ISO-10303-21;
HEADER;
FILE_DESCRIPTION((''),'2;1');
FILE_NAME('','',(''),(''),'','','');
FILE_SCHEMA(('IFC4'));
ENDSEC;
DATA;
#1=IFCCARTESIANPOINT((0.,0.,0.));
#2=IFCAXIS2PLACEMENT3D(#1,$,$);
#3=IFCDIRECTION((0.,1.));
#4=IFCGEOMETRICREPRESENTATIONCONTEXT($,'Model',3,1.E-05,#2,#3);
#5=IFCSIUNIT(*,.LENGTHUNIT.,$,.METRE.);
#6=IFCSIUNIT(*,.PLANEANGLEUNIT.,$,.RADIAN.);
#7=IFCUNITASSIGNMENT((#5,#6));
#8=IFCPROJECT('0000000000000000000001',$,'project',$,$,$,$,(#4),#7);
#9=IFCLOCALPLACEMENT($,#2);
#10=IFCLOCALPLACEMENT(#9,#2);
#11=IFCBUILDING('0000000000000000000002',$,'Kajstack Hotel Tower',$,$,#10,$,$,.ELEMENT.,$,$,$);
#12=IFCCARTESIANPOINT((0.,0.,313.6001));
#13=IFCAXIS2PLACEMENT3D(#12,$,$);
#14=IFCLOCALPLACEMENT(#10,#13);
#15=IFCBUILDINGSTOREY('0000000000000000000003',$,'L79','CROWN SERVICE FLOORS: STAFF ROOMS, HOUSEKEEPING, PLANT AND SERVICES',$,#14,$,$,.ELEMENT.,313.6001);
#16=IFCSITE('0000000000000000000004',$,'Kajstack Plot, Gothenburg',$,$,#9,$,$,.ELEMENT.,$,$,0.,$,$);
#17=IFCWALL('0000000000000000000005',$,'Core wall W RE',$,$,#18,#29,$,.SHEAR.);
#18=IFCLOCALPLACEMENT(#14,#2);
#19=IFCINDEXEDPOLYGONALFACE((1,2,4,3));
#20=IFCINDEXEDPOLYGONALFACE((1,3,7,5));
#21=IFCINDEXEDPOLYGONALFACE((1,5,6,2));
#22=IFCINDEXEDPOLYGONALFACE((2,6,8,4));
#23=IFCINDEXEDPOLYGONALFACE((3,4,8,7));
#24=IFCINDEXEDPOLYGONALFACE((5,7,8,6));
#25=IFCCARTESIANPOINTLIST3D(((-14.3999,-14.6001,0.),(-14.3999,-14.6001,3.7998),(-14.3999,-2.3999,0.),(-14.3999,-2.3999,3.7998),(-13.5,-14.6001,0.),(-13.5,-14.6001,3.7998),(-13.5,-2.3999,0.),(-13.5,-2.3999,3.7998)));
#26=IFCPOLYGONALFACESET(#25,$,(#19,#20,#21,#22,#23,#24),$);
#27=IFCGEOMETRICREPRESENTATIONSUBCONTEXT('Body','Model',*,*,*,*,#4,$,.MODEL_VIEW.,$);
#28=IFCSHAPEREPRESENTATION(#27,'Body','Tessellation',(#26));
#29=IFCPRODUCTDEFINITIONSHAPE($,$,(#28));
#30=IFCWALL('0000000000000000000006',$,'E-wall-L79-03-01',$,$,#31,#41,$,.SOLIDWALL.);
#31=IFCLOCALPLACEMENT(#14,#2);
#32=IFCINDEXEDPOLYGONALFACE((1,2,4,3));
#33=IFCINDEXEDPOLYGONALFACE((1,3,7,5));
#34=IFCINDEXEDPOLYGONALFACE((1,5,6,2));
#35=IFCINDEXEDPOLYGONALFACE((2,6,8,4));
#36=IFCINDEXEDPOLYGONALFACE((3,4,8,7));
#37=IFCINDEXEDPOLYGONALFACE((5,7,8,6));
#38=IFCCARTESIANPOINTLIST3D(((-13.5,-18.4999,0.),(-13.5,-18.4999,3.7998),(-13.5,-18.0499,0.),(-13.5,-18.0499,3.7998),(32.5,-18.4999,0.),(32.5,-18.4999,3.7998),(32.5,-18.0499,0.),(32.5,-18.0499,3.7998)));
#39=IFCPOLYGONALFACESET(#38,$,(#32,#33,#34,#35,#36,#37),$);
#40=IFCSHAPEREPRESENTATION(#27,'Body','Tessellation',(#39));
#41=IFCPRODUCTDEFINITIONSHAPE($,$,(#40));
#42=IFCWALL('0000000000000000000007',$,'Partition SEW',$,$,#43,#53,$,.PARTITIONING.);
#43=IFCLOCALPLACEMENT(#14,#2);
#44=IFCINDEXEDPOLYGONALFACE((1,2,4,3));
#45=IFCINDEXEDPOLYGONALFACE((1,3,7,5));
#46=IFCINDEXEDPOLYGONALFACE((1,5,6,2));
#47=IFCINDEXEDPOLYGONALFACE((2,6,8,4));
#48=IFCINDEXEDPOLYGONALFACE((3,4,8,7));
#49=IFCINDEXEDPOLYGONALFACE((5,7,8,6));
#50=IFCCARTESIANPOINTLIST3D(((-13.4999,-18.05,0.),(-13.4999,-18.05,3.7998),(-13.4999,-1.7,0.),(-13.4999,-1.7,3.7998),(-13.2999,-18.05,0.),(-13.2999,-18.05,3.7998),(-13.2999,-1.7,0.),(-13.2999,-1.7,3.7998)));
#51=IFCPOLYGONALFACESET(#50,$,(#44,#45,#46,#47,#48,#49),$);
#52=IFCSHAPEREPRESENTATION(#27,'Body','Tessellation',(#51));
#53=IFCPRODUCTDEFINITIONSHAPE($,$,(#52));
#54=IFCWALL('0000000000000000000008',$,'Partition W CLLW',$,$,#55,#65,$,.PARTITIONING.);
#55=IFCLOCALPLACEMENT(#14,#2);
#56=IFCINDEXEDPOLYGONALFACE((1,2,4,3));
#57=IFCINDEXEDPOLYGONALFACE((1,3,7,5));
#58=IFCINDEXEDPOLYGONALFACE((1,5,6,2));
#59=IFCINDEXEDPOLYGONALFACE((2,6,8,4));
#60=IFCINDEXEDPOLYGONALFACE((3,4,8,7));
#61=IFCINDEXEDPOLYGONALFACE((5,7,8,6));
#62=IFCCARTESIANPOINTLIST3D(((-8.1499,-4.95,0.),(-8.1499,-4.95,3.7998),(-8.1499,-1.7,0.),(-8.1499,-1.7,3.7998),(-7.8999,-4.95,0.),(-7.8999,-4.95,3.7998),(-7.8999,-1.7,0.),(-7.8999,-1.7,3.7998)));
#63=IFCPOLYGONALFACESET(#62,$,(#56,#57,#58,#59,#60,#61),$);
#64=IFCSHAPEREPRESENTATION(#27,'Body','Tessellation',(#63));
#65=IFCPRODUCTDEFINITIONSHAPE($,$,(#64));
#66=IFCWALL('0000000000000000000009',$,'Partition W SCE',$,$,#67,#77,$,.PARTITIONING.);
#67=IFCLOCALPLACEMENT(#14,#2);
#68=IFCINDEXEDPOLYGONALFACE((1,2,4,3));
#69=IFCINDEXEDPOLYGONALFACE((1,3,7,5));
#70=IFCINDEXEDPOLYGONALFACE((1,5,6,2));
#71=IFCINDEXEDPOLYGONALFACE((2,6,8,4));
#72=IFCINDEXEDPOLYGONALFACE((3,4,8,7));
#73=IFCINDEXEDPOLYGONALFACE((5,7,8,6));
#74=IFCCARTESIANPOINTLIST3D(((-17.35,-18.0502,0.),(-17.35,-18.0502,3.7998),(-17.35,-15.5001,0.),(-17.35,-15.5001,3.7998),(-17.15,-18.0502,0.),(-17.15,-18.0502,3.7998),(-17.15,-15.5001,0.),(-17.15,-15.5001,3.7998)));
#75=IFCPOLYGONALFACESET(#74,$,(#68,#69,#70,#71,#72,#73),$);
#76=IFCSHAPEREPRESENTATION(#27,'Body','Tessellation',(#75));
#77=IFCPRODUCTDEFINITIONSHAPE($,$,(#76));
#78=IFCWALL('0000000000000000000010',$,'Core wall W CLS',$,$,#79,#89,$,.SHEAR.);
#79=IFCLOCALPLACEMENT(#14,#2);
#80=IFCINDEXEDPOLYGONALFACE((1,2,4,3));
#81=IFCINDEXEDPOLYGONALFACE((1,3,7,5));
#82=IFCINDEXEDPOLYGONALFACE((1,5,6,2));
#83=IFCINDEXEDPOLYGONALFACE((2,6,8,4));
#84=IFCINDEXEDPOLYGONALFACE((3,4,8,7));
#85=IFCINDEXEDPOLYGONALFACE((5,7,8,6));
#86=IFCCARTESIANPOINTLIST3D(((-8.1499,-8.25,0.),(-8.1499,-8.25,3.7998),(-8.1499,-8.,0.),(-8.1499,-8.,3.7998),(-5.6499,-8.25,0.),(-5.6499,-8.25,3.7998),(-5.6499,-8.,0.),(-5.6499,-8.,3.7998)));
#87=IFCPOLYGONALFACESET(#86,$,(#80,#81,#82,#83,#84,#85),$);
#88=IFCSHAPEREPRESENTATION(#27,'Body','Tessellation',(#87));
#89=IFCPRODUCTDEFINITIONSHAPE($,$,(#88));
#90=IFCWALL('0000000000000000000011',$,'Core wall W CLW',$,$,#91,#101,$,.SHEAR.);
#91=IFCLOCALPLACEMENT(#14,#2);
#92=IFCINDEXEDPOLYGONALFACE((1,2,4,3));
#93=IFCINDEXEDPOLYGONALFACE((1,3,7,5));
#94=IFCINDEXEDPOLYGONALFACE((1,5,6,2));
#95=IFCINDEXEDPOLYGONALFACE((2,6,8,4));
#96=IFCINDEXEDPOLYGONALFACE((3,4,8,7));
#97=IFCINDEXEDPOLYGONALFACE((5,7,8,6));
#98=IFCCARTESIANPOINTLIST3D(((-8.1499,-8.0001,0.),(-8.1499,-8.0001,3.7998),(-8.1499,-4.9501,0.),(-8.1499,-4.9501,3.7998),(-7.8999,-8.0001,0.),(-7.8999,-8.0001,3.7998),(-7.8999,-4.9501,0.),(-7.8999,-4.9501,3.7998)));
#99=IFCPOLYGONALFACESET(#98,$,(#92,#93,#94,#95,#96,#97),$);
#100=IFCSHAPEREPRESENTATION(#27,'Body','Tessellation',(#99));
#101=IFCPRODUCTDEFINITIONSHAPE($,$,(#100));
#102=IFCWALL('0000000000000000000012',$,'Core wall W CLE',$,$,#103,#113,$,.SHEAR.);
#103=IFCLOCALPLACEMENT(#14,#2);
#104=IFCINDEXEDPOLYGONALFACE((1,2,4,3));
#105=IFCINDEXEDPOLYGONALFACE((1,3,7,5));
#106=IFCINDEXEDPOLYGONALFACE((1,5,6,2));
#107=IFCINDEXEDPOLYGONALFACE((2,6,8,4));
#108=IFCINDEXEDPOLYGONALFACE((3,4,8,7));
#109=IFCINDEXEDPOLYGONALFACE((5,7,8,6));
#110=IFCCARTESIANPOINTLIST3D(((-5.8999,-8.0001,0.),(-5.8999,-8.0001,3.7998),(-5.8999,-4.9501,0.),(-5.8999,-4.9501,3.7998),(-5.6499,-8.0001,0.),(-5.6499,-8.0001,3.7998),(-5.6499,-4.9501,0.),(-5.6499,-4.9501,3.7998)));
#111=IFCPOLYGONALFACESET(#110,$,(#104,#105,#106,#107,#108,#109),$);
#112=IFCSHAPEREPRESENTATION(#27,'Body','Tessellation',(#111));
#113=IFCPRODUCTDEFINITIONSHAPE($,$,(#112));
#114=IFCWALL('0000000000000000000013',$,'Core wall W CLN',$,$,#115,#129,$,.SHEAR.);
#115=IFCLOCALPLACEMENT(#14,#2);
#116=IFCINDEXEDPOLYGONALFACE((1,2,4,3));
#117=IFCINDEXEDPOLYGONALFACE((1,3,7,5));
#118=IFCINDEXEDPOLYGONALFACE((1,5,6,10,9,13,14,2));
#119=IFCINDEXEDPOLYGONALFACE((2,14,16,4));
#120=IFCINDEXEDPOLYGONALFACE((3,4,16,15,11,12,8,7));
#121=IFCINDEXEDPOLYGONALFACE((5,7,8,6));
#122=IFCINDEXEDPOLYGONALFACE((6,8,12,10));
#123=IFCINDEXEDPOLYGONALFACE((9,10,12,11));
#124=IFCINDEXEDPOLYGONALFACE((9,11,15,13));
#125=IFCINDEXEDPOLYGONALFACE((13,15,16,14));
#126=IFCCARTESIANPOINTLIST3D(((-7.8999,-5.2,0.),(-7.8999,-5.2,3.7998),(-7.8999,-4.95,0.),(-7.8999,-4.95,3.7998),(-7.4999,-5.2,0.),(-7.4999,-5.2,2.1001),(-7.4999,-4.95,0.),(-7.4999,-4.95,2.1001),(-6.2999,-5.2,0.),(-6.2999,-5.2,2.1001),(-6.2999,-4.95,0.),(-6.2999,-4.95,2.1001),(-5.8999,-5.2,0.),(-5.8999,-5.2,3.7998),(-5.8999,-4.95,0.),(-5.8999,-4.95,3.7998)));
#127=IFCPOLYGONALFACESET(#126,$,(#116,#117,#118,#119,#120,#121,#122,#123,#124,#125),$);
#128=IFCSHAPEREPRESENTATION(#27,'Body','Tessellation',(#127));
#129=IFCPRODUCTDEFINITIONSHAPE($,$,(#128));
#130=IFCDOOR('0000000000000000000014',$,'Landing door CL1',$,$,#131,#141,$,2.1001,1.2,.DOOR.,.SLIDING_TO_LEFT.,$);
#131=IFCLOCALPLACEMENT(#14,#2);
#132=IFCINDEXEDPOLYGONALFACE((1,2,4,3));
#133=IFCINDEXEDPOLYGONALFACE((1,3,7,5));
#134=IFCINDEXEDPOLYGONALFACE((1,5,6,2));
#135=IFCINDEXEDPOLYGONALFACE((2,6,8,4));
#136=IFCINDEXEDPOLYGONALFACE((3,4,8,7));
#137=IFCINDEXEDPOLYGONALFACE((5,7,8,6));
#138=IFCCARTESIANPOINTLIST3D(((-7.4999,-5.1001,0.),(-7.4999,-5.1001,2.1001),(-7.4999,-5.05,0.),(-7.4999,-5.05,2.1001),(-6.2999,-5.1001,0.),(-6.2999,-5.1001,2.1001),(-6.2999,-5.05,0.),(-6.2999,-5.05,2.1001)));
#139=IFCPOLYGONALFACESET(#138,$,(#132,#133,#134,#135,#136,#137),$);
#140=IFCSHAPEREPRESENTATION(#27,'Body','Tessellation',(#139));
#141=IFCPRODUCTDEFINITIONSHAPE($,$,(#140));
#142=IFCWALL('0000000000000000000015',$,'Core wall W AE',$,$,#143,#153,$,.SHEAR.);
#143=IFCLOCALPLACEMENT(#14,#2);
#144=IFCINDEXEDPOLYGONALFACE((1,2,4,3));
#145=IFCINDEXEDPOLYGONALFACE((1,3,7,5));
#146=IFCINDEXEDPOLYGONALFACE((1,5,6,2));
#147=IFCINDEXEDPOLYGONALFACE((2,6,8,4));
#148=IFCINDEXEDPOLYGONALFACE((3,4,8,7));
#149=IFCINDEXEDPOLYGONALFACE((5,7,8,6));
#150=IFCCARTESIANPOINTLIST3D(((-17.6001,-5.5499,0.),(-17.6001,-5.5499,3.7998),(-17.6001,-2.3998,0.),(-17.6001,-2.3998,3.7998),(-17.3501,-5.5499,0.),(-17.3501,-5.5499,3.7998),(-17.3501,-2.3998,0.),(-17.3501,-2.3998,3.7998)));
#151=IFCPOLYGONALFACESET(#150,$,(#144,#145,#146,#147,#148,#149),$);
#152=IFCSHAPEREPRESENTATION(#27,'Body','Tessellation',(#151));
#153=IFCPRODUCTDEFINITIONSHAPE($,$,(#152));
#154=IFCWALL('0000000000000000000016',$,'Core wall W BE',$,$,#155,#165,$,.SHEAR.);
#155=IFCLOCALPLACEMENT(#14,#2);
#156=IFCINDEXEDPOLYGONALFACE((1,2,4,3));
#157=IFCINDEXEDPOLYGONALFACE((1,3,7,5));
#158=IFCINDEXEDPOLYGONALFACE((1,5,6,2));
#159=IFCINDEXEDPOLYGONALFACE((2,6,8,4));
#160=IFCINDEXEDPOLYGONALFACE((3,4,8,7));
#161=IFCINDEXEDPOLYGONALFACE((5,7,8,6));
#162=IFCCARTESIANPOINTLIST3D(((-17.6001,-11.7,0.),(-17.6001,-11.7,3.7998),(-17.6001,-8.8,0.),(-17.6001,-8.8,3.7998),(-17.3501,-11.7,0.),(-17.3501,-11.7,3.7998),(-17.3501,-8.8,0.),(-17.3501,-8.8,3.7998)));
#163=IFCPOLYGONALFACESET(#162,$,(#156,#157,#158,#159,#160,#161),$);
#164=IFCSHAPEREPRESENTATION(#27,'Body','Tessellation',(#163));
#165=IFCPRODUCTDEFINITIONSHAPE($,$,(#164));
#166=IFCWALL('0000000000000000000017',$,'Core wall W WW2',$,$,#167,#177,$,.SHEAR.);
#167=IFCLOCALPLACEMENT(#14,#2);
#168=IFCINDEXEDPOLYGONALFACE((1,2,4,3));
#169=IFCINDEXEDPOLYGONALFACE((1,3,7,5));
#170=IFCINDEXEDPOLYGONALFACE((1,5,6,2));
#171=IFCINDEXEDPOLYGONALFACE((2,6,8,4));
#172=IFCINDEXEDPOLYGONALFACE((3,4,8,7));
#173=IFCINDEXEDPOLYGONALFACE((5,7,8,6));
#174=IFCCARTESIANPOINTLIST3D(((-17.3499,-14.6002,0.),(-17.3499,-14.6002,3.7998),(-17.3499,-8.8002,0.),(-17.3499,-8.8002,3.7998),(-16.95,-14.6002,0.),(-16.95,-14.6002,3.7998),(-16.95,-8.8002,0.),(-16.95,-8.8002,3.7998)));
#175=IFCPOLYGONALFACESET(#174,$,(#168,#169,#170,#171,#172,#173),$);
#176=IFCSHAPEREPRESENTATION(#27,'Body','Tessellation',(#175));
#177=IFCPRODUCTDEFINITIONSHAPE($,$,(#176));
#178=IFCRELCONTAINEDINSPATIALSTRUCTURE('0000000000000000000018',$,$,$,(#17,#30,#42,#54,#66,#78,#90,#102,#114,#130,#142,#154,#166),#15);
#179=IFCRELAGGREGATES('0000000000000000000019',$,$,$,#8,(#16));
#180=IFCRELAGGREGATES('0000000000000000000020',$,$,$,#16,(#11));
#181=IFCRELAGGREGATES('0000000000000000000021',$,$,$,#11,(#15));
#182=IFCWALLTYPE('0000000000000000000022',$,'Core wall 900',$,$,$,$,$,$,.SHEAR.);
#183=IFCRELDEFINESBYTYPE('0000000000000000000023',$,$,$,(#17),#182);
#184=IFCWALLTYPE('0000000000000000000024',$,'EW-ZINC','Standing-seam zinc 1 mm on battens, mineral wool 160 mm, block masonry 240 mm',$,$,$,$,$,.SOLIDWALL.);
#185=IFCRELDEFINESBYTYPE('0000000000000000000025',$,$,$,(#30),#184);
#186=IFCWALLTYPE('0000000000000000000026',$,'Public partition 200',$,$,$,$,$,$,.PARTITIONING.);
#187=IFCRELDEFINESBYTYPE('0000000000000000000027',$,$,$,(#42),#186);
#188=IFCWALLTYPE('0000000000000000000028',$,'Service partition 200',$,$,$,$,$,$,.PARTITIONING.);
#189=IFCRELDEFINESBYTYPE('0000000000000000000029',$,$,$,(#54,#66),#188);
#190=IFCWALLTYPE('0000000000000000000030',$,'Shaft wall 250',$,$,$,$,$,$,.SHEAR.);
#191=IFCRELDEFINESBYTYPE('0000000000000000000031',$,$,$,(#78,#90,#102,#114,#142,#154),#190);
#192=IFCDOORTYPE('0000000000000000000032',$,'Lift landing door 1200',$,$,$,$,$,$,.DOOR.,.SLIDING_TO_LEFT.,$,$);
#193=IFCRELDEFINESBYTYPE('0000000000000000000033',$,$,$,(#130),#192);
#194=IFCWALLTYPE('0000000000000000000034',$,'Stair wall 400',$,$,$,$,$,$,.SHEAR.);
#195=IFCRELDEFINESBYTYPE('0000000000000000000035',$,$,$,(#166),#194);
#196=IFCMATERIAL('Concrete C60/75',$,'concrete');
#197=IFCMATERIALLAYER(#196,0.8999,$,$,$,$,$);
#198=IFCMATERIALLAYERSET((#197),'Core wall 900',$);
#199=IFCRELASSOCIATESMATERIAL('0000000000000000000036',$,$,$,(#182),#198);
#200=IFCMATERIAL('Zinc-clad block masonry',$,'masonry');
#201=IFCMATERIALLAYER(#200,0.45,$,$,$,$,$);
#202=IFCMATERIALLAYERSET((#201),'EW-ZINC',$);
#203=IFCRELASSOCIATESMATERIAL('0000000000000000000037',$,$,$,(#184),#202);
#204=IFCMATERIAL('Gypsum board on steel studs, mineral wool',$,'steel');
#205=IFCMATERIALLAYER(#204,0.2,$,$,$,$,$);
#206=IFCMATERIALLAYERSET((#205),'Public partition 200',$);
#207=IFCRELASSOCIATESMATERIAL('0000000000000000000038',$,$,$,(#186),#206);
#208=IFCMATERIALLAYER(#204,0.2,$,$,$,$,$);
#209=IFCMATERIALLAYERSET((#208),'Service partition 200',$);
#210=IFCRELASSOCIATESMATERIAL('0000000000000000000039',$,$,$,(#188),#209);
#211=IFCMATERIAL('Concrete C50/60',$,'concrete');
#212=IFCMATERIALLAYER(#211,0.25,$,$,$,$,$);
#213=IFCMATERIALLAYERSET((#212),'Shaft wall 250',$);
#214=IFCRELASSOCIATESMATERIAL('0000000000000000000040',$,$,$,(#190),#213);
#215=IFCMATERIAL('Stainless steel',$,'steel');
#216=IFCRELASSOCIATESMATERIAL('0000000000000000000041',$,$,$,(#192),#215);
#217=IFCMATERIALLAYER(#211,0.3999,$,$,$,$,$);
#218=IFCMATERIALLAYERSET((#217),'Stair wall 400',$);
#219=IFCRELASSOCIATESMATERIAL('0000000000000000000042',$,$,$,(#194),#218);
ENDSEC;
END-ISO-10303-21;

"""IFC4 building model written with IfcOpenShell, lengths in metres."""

from ifc_helpers import new_model, si_unit, direction, frame, frame_2d, origin, place, context, subcontext, project, spatial, rectangle, extrude, material, layer, layer_set, type_object, element, fill, save


model = new_model("IFC4")

# Units and contexts
model_context = context("Model", 3, precision=1e-05, world=origin(), true_north=direction((0.0, 1.0)))
body_context = subcontext(model_context, "Body", "Model", "MODEL_VIEW")
ifc_project = project(units=[si_unit("LENGTHUNIT", "METRE"), si_unit("PLANEANGLEUNIT", "RADIAN")], contexts=[model_context])

# Site, building, storey
site_placement = place(None, origin())
site = spatial("IfcSite", under=ifc_project, at=site_placement, Name="Kajstack Plot, Gothenburg", CompositionType="ELEMENT", RefElevation=0.0)
building_placement = place(site_placement, origin())
building = spatial("IfcBuilding", under=site, at=building_placement, Name="Kajstack Hotel Tower", CompositionType="ELEMENT")
storey_placement = place(building_placement, frame((0.0, 0.0, 313.6001)))
storey = spatial("IfcBuildingStorey", under=building, at=storey_placement, Name="L79", Description="CROWN SERVICE FLOORS: STAFF ROOMS, HOUSEKEEPING, PLANT AND SERVICES", CompositionType="ELEMENT", Elevation=313.6001)

# Walls
ifc_material_1 = material(Name="Concrete C60/75", Category="concrete")
ifc_layer_1 = layer(ifc_material_1, 0.8999)
ifc_layer_set_1 = layer_set([ifc_layer_1], Name="Core wall 900")
wall_type_1 = type_object("IfcWallType", Name="Core wall 900", PredefinedType="SHEAR", material=ifc_layer_set_1)
wall_1_placement = place(storey_placement, frame((-13.95, -14.6001, 0.0), z_axis=(0.0, 0.0, 1.0), x_axis=(0.0, 1.0, 0.0)))
element("IfcWall", 1, at=wall_1_placement, inside=storey, type_object=wall_type_1, Name="Core wall W RE", PredefinedType="SHEAR", context=body_context, shape_type="SweptSolid", body=[
    extrude(rectangle(XDim=12.2002, YDim=0.8999, at=frame_2d((6.1001, 0.0))), origin(), (0.0, 0.0, 1.0), 3.7998),
])
ifc_material_2 = material(Name="Zinc-clad block masonry", Category="masonry")
ifc_layer_2 = layer(ifc_material_2, 0.45)
ifc_layer_set_2 = layer_set([ifc_layer_2], Name="EW-ZINC")
wall_type_2 = type_object("IfcWallType", Name="EW-ZINC", Description="Standing-seam zinc 1 mm on battens, mineral wool 160 mm, block masonry 240 mm", PredefinedType="SOLIDWALL", material=ifc_layer_set_2)
wall_2_placement = place(storey_placement, frame((-13.5, -18.2749, 0.0), z_axis=(0.0, 0.0, 1.0), x_axis=(1.0, 0.0, 0.0)))
element("IfcWall", 2, at=wall_2_placement, inside=storey, type_object=wall_type_2, Name="E-wall-L79-03-01", PredefinedType="SOLIDWALL", context=body_context, shape_type="SweptSolid", body=[
    extrude(rectangle(XDim=46.0, YDim=0.45, at=frame_2d((23.0, 0.0))), origin(), (0.0, 0.0, 1.0), 3.7998),
])
ifc_material_3 = material(Name="Gypsum board on steel studs, mineral wool", Category="steel")
ifc_layer_3 = layer(ifc_material_3, 0.2)
ifc_layer_set_3 = layer_set([ifc_layer_3], Name="Public partition 200")
wall_type_3 = type_object("IfcWallType", Name="Public partition 200", PredefinedType="PARTITIONING", material=ifc_layer_set_3)
wall_3_placement = place(storey_placement, frame((-13.3999, -18.05, 0.0), z_axis=(0.0, 0.0, 1.0), x_axis=(0.0, 1.0, 0.0)))
element("IfcWall", 3, at=wall_3_placement, inside=storey, type_object=wall_type_3, Name="Partition SEW", PredefinedType="PARTITIONING", context=body_context, shape_type="SweptSolid", body=[
    extrude(rectangle(XDim=16.3501, YDim=0.2, at=frame_2d((8.175, 0.0))), origin(), (0.0, 0.0, 1.0), 3.7998),
])
ifc_layer_4 = layer(ifc_material_3, 0.2)
ifc_layer_set_4 = layer_set([ifc_layer_4], Name="Service partition 200")
wall_type_4 = type_object("IfcWallType", Name="Service partition 200", PredefinedType="PARTITIONING", material=ifc_layer_set_4)
wall_4_placement = place(storey_placement, frame((-8.0249, -4.95, 0.0), z_axis=(0.0, 0.0, 1.0), x_axis=(0.0, 1.0, 0.0)))
element("IfcWall", 4, at=wall_4_placement, inside=storey, type_object=wall_type_4, Name="Partition W CLLW", PredefinedType="PARTITIONING", context=body_context, shape_type="SweptSolid", body=[
    extrude(rectangle(XDim=3.25, YDim=0.25, at=frame_2d((1.625, 0.0))), origin(), (0.0, 0.0, 1.0), 3.7998),
])
wall_5_placement = place(storey_placement, frame((-17.25, -18.05, 0.0), z_axis=(0.0, 0.0, 1.0), x_axis=(0.0, 1.0, 0.0)))
element("IfcWall", 5, at=wall_5_placement, inside=storey, type_object=wall_type_4, Name="Partition W SCE", PredefinedType="PARTITIONING", context=body_context, shape_type="SweptSolid", body=[
    extrude(rectangle(XDim=2.55, YDim=0.2, at=frame_2d((1.2749, 0.0))), origin(), (0.0, 0.0, 1.0), 3.7998),
])
ifc_material_4 = material(Name="Concrete C50/60", Category="concrete")
ifc_layer_5 = layer(ifc_material_4, 0.25)
ifc_layer_set_5 = layer_set([ifc_layer_5], Name="Shaft wall 250")
wall_type_5 = type_object("IfcWallType", Name="Shaft wall 250", PredefinedType="SHEAR", material=ifc_layer_set_5)
wall_6_placement = place(storey_placement, frame((-8.1499, -8.125, 0.0), z_axis=(0.0, 0.0, 1.0), x_axis=(1.0, 0.0, 0.0)))
element("IfcWall", 6, at=wall_6_placement, inside=storey, type_object=wall_type_5, Name="Core wall W CLS", PredefinedType="SHEAR", context=body_context, shape_type="SweptSolid", body=[
    extrude(rectangle(XDim=2.5, YDim=0.25, at=frame_2d((1.25, 0.0))), origin(), (0.0, 0.0, 1.0), 3.7998),
])
for number, where, z_axis, x_axis, name in (
    (7, (-8.0249, -8.0, 0.0), (0.0, 0.0, 1.0), (0.0, 1.0, 0.0), "Core wall W CLW"),
    (8, (-5.7749, -8.0, 0.0), (0.0, 0.0, 1.0), (0.0, 1.0, 0.0), "Core wall W CLE"),
):
    element("IfcWall", number, at=place(storey_placement, frame(where, z_axis=z_axis, x_axis=x_axis)), inside=storey, type_object=wall_type_5, Name=name, PredefinedType="SHEAR", context=body_context, shape_type="SweptSolid", body=[
        extrude(rectangle(XDim=3.05, YDim=0.25, at=frame_2d((1.5249, 0.0))), origin(), (0.0, 0.0, 1.0), 3.7998),
    ])

# Wall, opening, door
wall_7_placement = place(storey_placement, frame((-7.8999, -5.075, 0.0), z_axis=(0.0, 0.0, 1.0), x_axis=(1.0, 0.0, 0.0)))
wall_7 = element("IfcWall", 9, at=wall_7_placement, inside=storey, type_object=wall_type_5, Name="Core wall W CLN", PredefinedType="SHEAR", context=body_context, shape_type="SweptSolid", body=[
    extrude(rectangle(XDim=2.0, YDim=0.25, at=frame_2d((1.0, 0.0))), origin(), (0.0, 0.0, 1.0), 3.7998),
])
opening_placement = place(wall_7_placement, frame((0.3999, 0.0, 0.0)))
opening = element("IfcOpeningElement", 10, at=opening_placement, cuts=wall_7, PredefinedType="OPENING", context=body_context, shape_type="SweptSolid", body=[
    extrude(rectangle(XDim=1.2, YDim=2.1001, at=frame_2d((0.6001, 1.05))), frame((0.0, 0.135, 0.0), z_axis=(0.0, -1.0, 0.0), x_axis=(1.0, 0.0, 0.0)), (0.0, 0.0, 1.0), 0.27),
])
ifc_material_5 = material(Name="Stainless steel", Category="steel")
door_type = type_object("IfcDoorType", Name="Lift landing door 1200", OperationType="SLIDING_TO_LEFT", PredefinedType="DOOR", material=ifc_material_5)
door_placement = place(opening_placement, origin())
door = element("IfcDoor", 11, at=door_placement, inside=storey, type_object=door_type, Name="Landing door CL1", OperationType="SLIDING_TO_LEFT", OverallHeight=2.1001, OverallWidth=1.2, PredefinedType="DOOR", context=body_context, shape_type="SweptSolid", body=[
    extrude(rectangle(XDim=1.2, YDim=2.1001, at=frame_2d((0.6001, 1.05))), frame((0.0, 0.0249, 0.0), z_axis=(0.0, -1.0, 0.0), x_axis=(1.0, 0.0, 0.0)), (0.0, 0.0, 1.0), 0.05),
])
fill(opening, door)

# Walls
wall_8_placement = place(storey_placement, frame((-17.4751, -5.55, 0.0), z_axis=(0.0, 0.0, 1.0), x_axis=(0.0, 1.0, 0.0)))
element("IfcWall", 12, at=wall_8_placement, inside=storey, type_object=wall_type_5, Name="Core wall W AE", PredefinedType="SHEAR", context=body_context, shape_type="SweptSolid", body=[
    extrude(rectangle(XDim=3.1501, YDim=0.25, at=frame_2d((1.5752, 0.0))), origin(), (0.0, 0.0, 1.0), 3.7998),
])
wall_9_placement = place(storey_placement, frame((-17.4751, -11.7, 0.0), z_axis=(0.0, 0.0, 1.0), x_axis=(0.0, 1.0, 0.0)))
element("IfcWall", 13, at=wall_9_placement, inside=storey, type_object=wall_type_5, Name="Core wall W BE", PredefinedType="SHEAR", context=body_context, shape_type="SweptSolid", body=[
    extrude(rectangle(XDim=2.8999, YDim=0.25, at=frame_2d((1.45, 0.0))), origin(), (0.0, 0.0, 1.0), 3.7998),
])
ifc_layer_6 = layer(ifc_material_4, 0.3999)
ifc_layer_set_6 = layer_set([ifc_layer_6], Name="Stair wall 400")
wall_type_6 = type_object("IfcWallType", Name="Stair wall 400", PredefinedType="SHEAR", material=ifc_layer_set_6)
wall_10_placement = place(storey_placement, frame((-17.1499, -14.6001, 0.0), z_axis=(0.0, 0.0, 1.0), x_axis=(0.0, 1.0, 0.0)))
element("IfcWall", 14, at=wall_10_placement, inside=storey, type_object=wall_type_6, Name="Core wall W WW2", PredefinedType="SHEAR", context=body_context, shape_type="SweptSolid", body=[
    extrude(rectangle(XDim=5.8, YDim=0.3999, at=frame_2d((2.8999, 0.0))), origin(), (0.0, 0.0, 1.0), 3.7998),
])

save(model, "model.ifc")
